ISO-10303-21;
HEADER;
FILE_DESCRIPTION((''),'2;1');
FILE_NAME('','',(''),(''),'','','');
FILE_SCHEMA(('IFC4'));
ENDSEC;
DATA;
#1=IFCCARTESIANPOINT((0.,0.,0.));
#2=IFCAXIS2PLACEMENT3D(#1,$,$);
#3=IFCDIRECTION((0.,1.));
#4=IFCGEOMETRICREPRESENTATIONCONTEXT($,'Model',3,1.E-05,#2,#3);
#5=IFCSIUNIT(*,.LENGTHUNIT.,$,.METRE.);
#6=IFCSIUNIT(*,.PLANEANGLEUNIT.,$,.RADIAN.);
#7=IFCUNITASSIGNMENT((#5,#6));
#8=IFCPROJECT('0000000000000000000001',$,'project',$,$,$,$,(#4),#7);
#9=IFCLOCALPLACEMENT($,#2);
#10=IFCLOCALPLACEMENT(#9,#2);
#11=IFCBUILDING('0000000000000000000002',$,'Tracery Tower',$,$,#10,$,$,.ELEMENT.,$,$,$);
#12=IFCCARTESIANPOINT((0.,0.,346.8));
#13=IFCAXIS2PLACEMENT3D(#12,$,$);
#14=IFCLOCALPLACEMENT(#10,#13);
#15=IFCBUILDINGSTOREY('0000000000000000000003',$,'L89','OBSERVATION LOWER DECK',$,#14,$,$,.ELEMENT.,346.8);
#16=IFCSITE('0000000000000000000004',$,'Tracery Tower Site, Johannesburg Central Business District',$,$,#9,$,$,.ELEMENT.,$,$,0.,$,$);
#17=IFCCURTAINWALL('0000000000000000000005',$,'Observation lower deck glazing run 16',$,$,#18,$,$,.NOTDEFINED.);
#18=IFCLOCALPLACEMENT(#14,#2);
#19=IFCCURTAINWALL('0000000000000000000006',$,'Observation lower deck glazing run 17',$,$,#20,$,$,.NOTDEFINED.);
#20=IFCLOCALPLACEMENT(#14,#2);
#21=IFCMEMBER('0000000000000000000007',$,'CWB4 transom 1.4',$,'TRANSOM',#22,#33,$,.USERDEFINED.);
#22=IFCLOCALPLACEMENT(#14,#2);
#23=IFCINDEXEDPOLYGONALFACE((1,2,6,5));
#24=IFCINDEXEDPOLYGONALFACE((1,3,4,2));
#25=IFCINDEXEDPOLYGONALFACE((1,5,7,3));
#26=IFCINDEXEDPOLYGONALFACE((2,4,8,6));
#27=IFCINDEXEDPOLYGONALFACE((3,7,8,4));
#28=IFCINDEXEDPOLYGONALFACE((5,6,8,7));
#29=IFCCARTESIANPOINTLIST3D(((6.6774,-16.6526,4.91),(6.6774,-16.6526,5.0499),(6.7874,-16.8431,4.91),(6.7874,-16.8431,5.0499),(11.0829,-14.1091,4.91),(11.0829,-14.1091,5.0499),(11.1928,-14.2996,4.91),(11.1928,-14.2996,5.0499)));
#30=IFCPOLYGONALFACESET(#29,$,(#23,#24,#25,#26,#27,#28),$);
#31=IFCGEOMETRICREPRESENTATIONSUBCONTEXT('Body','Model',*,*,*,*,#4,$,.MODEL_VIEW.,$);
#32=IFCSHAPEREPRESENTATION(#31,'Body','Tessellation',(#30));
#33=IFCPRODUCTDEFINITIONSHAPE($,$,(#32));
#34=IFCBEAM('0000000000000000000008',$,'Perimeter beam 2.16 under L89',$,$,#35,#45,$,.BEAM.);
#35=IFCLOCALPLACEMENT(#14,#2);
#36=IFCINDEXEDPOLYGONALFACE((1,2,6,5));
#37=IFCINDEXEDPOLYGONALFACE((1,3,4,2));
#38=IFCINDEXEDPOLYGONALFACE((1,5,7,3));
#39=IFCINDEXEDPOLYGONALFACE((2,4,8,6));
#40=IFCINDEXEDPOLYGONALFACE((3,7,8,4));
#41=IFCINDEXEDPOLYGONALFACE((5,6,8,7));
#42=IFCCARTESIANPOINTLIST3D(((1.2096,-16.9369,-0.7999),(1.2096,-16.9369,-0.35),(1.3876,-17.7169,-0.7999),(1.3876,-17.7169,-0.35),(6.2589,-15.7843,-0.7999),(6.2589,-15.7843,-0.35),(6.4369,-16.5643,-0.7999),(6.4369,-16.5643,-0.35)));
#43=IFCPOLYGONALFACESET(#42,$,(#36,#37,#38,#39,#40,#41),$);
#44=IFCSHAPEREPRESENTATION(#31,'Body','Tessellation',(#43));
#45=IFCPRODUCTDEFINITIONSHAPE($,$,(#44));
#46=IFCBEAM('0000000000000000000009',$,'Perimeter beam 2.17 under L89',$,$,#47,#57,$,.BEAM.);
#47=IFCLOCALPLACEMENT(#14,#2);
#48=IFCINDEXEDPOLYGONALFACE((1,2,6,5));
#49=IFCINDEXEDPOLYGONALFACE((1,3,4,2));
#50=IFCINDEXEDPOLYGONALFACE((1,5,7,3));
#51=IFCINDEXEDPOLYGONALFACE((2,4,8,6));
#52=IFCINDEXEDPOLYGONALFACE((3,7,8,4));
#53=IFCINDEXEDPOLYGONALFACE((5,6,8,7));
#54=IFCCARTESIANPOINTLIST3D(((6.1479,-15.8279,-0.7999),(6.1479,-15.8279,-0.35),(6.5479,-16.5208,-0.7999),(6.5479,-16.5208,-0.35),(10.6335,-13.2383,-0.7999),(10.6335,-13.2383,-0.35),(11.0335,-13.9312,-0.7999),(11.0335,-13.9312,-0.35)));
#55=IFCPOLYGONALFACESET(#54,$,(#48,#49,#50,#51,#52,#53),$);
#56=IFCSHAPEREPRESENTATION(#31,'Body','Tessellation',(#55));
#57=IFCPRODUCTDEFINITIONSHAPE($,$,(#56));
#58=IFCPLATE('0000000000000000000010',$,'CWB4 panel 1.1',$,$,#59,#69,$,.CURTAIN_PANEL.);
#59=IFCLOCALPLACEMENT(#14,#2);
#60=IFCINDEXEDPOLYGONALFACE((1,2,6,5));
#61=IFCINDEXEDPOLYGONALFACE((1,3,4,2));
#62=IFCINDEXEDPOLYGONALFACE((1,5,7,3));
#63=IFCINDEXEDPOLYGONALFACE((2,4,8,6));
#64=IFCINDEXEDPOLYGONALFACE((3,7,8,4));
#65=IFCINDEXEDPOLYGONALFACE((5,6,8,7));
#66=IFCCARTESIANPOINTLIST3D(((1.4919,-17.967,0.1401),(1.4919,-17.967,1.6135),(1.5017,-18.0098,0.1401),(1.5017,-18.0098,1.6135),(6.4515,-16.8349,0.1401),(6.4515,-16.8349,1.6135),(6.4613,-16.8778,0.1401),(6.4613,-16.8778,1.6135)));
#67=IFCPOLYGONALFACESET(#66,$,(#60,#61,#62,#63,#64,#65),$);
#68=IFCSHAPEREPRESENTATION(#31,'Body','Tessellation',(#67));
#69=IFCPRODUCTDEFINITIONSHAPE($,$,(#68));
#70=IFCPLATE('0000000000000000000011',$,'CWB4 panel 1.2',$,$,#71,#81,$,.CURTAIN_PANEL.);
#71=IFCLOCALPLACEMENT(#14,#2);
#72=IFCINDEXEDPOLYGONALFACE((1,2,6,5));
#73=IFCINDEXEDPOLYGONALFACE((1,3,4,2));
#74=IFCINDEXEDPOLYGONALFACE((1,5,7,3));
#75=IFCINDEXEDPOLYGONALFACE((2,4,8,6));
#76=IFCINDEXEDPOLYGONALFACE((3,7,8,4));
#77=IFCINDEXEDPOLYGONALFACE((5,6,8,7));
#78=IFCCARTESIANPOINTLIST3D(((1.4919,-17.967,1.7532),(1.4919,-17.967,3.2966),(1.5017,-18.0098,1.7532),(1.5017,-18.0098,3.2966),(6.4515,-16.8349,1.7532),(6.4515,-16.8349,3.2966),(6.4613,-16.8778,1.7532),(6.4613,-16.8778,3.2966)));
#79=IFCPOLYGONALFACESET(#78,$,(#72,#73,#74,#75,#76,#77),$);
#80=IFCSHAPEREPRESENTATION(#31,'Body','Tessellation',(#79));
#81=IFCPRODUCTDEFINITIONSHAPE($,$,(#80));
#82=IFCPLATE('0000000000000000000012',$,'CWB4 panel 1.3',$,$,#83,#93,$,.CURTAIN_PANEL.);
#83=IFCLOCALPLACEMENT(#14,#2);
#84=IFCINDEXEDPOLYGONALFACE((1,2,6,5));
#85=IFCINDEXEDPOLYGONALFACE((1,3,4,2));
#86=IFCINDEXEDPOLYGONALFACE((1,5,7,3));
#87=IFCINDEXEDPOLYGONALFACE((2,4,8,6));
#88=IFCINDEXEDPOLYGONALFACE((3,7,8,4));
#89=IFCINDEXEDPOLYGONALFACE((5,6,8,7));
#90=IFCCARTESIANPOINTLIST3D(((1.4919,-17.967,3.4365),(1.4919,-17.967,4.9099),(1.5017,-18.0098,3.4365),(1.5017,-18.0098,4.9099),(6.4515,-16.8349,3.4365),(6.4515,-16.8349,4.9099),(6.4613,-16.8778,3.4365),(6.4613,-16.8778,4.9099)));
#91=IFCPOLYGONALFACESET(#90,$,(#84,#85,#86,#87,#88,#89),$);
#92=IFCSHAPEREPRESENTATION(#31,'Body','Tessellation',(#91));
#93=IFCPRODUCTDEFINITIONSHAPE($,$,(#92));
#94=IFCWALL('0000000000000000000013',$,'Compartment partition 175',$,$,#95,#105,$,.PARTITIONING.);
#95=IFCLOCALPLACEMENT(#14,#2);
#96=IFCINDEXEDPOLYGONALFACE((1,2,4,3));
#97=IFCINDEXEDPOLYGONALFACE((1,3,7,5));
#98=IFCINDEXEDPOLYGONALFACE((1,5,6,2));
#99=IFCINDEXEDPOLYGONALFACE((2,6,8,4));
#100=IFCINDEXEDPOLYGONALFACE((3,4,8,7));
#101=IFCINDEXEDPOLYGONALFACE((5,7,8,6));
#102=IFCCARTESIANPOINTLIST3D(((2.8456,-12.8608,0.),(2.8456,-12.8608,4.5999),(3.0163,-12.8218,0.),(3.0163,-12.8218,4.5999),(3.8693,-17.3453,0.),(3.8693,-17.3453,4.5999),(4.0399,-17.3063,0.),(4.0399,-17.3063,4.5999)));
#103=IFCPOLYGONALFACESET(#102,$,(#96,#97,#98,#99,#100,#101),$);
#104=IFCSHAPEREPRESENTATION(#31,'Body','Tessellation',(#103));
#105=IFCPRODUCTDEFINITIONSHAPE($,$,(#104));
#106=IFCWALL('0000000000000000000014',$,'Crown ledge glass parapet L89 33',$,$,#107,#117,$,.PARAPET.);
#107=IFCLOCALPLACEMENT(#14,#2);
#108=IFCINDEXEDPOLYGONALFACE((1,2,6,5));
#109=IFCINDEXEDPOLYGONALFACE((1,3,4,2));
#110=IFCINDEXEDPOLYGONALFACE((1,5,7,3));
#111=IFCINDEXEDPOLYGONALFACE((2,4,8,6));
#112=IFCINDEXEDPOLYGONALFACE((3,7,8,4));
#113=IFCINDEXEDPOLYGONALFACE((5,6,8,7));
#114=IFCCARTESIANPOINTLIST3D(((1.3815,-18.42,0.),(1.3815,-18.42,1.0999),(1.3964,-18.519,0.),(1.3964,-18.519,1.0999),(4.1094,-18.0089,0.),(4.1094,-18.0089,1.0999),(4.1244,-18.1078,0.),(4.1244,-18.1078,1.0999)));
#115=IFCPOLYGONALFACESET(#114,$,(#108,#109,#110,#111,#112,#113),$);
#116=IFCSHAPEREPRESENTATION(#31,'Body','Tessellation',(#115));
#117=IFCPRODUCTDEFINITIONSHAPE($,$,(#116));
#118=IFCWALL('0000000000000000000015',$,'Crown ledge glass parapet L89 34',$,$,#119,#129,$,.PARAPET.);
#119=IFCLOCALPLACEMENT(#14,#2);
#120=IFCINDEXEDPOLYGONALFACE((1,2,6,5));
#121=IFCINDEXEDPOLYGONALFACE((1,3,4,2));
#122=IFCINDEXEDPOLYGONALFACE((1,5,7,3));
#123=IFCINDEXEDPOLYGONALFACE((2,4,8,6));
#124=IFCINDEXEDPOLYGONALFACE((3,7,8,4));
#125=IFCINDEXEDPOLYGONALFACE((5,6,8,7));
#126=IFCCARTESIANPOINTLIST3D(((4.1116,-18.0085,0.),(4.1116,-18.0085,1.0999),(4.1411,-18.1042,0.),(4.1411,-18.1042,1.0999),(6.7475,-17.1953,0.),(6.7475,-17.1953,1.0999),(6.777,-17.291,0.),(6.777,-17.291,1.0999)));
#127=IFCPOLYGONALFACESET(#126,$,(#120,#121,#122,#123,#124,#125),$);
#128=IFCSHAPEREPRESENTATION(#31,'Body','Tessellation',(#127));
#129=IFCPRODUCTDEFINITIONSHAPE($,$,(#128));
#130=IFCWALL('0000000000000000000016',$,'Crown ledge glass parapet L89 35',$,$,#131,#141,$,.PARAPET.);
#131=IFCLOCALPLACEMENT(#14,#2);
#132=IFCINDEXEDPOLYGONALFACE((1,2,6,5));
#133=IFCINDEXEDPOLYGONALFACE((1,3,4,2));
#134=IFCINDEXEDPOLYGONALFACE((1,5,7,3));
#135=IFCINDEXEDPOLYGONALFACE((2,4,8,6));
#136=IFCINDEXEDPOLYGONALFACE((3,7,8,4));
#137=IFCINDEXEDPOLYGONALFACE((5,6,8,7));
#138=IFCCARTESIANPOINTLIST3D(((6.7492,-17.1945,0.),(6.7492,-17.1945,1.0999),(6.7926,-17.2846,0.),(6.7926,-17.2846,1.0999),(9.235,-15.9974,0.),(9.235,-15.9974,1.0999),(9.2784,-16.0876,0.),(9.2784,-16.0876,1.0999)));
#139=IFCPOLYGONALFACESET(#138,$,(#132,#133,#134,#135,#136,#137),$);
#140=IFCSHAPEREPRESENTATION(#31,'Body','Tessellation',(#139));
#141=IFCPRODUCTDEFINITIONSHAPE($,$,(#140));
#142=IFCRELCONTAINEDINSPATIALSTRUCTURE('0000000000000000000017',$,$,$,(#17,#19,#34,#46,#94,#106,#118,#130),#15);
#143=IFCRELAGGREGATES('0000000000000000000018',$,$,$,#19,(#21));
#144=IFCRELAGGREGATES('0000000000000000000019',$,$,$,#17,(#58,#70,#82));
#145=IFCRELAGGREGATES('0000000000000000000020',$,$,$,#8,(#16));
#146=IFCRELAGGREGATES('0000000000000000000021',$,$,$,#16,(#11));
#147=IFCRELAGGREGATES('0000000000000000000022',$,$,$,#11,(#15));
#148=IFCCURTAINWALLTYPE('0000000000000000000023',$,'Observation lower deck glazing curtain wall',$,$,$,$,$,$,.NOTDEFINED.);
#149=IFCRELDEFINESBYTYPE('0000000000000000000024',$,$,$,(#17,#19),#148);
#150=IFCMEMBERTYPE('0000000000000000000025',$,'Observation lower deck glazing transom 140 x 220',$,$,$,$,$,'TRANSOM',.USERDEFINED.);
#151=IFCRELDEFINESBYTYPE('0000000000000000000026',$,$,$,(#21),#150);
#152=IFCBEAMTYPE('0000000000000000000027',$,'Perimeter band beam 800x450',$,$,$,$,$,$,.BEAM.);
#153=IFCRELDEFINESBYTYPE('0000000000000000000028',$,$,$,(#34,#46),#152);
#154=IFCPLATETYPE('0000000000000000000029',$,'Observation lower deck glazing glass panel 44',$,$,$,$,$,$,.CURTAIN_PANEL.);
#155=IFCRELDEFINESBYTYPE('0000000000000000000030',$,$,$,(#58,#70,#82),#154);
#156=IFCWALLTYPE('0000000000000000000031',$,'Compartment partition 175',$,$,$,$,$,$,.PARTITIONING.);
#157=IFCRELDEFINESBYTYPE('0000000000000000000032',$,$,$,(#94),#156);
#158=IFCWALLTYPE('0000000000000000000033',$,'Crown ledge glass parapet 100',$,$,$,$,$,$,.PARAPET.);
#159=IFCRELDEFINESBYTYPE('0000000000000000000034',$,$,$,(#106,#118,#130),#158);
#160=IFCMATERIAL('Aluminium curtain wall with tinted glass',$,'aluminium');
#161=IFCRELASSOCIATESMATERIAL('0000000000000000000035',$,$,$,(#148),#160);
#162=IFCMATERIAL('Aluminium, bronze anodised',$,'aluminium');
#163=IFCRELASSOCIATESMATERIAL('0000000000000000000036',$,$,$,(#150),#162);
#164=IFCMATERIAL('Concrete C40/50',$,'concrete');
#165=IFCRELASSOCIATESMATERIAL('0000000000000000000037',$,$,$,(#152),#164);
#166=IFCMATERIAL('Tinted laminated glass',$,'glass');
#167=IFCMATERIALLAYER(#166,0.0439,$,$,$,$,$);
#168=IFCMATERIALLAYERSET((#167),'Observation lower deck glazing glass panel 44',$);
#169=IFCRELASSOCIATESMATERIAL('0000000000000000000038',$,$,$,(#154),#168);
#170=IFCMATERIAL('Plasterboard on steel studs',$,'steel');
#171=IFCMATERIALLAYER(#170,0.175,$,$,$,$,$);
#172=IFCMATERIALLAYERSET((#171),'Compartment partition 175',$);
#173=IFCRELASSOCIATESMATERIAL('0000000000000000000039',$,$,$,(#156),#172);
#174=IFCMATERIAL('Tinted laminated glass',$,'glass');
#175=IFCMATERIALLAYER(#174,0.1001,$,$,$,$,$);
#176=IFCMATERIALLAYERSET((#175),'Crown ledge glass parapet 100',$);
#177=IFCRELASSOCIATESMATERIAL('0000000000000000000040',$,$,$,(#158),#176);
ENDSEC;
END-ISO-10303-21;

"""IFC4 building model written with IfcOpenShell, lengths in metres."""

from ifc_helpers import new_model, si_unit, direction, frame, frame_2d, origin, origin_2d, place, context, subcontext, project, spatial, rectangle, extrude, material, layer, layer_set, material_profile, profile_set, type_object, element, aggregate, save


model = new_model("IFC4")

# Units and contexts
model_context = context("Model", 3, precision=1e-05, world=origin(), true_north=direction((0.0, 1.0)))
body_context = subcontext(model_context, "Body", "Model", "MODEL_VIEW")
ifc_project = project(units=[si_unit("LENGTHUNIT", "METRE"), si_unit("PLANEANGLEUNIT", "RADIAN")], contexts=[model_context])

# Site, building, storey
site_placement = place(None, origin())
site = spatial("IfcSite", under=ifc_project, at=site_placement, Name="Tracery Tower Site, Johannesburg Central Business District", CompositionType="ELEMENT", RefElevation=0.0)
building_placement = place(site_placement, origin())
building = spatial("IfcBuilding", under=site, at=building_placement, Name="Tracery Tower", CompositionType="ELEMENT")
storey_placement = place(building_placement, frame((0.0, 0.0, 346.8)))
storey = spatial("IfcBuildingStorey", under=building, at=storey_placement, Name="L89", Description="OBSERVATION LOWER DECK", CompositionType="ELEMENT", Elevation=346.8)

# Shared definitions
ifc_material_1 = material(Name="Aluminium curtain wall with tinted glass", Category="aluminium")
curtain_wall_type = type_object("IfcCurtainWallType", Name="Observation lower deck glazing curtain wall", PredefinedType="NOTDEFINED", material=ifc_material_1)

# Curtain wall
curtain_wall_1_placement = place(storey_placement, origin())
curtain_wall_1 = element("IfcCurtainWall", 1, at=curtain_wall_1_placement, inside=storey, type_object=curtain_wall_type, Name="Observation lower deck glazing run 16", PredefinedType="NOTDEFINED")

# Curtain wall
curtain_wall_2_placement = place(storey_placement, origin())
curtain_wall_2 = element("IfcCurtainWall", 2, at=curtain_wall_2_placement, inside=storey, type_object=curtain_wall_type, Name="Observation lower deck glazing run 17", PredefinedType="NOTDEFINED")

# Member
ifc_material_2 = material(Name="Aluminium, bronze anodised", Category="aluminium")
ifc_material_profile_1 = material_profile(ifc_material_2, rectangle(XDim=0.22, YDim=0.1399, at=origin_2d()), Name="Observation lower deck glazing transom 140 x 220")
ifc_profile_set_1 = profile_set([ifc_material_profile_1], Name="Aluminium, bronze anodised")
member_type_1 = type_object("IfcMemberType", Name="Observation lower deck glazing transom 140 x 220", ElementType="TRANSOM", PredefinedType="USERDEFINED", material=ifc_profile_set_1)
member_1_placement = place(storey_placement, frame((6.7324, -16.7478, 4.98), z_axis=(0.866031, 0.49999, 0.0), x_axis=(-0.49999, 0.866031, 0.0)))
member_1 = element("IfcMember", 3, at=member_1_placement, type_object=member_type_1, Name="CWB4 transom 1.4", ObjectType="TRANSOM", PredefinedType="USERDEFINED", context=body_context, shape_type="SweptSolid", body=[
    extrude(rectangle(XDim=0.22, YDim=0.1399, at=origin_2d()), origin(), (0.0, 0.0, 1.0), 5.0869),
])
aggregate(curtain_wall_2, [member_1])

# Beams
ifc_material_3 = material(Name="Concrete C40/50", Category="concrete")
ifc_material_profile_2 = material_profile(ifc_material_3, rectangle(XDim=0.8, YDim=0.45, at=origin_2d()), Name="RC 800x450")
ifc_profile_set_2 = profile_set([ifc_material_profile_2], Name="Concrete C40/50")
beam_type = type_object("IfcBeamType", Name="Perimeter band beam 800x450", PredefinedType="BEAM", material=ifc_profile_set_2)
beam_1_placement = place(storey_placement, frame((1.2986, -17.3269, -0.575), z_axis=(0.974923, 0.222542, 0.0), x_axis=(-0.222542, 0.974923, 0.0)))
element("IfcBeam", 4, at=beam_1_placement, inside=storey, type_object=beam_type, Name="Perimeter beam 2.16 under L89", PredefinedType="BEAM", context=body_context, shape_type="SweptSolid", body=[
    extrude(rectangle(XDim=0.8, YDim=0.45, at=origin_2d()), origin(), (0.0, 0.0, 1.0), 5.1792),
])
beam_2_placement = place(storey_placement, frame((6.3479, -16.1743, -0.575), z_axis=(0.866039, 0.499977, 0.0), x_axis=(-0.499977, 0.866039, 0.0)))
element("IfcBeam", 5, at=beam_2_placement, inside=storey, type_object=beam_type, Name="Perimeter beam 2.17 under L89", PredefinedType="BEAM", context=body_context, shape_type="SweptSolid", body=[
    extrude(rectangle(XDim=0.8, YDim=0.45, at=origin_2d()), origin(), (0.0, 0.0, 1.0), 5.1794),
])

# Plates
ifc_material_4 = material(Name="Tinted laminated glass", Category="glass")
ifc_layer_1 = layer(ifc_material_4, 0.0439)
ifc_layer_set_1 = layer_set([ifc_layer_1], Name="Observation lower deck glazing glass panel 44")
plate_type = type_object("IfcPlateType", Name="Observation lower deck glazing glass panel 44", PredefinedType="CURTAIN_PANEL", material=ifc_layer_set_1)
plate_1_placement = place(storey_placement, frame((3.9766, -17.4224, 0.1401), z_axis=(0.0, 0.0, 1.0), x_axis=(0.974925, 0.222533, 0.0)))
plate_1 = element("IfcPlate", 6, at=plate_1_placement, type_object=plate_type, Name="CWB4 panel 1.1", PredefinedType="CURTAIN_PANEL", context=body_context, shape_type="SweptSolid", body=[
    extrude(rectangle(XDim=5.0872, YDim=0.0439, at=origin_2d()), origin(), (0.0, 0.0, 1.0), 1.4734),
])
plate_2_placement = place(storey_placement, frame((3.9766, -17.4224, 1.7532), z_axis=(0.0, 0.0, 1.0), x_axis=(0.974925, 0.222533, 0.0)))
plate_2 = element("IfcPlate", 7, at=plate_2_placement, type_object=plate_type, Name="CWB4 panel 1.2", PredefinedType="CURTAIN_PANEL", context=body_context, shape_type="SweptSolid", body=[
    extrude(rectangle(XDim=5.0872, YDim=0.0439, at=origin_2d()), origin(), (0.0, 0.0, 1.0), 1.5435),
])
plate_3_placement = place(storey_placement, frame((3.9766, -17.4224, 3.4365), z_axis=(0.0, 0.0, 1.0), x_axis=(0.974925, 0.222533, 0.0)))
plate_3 = element("IfcPlate", 8, at=plate_3_placement, type_object=plate_type, Name="CWB4 panel 1.3", PredefinedType="CURTAIN_PANEL", context=body_context, shape_type="SweptSolid", body=[
    extrude(rectangle(XDim=5.0872, YDim=0.0439, at=origin_2d()), origin(), (0.0, 0.0, 1.0), 1.4734),
])
aggregate(curtain_wall_1, [plate_1, plate_2, plate_3])

# Walls
ifc_material_5 = material(Name="Plasterboard on steel studs", Category="steel")
ifc_layer_2 = layer(ifc_material_5, 0.175)
ifc_layer_set_2 = layer_set([ifc_layer_2], Name="Compartment partition 175")
wall_type_1 = type_object("IfcWallType", Name="Compartment partition 175", PredefinedType="PARTITIONING", material=ifc_layer_set_2)
wall_1_placement = place(storey_placement, frame((3.9546, -17.3257, 0.0), z_axis=(0.0, 0.0, 1.0), x_axis=(-0.222541, 0.974923, 0.0)))
element("IfcWall", 9, at=wall_1_placement, inside=storey, type_object=wall_type_1, Name="Compartment partition 175", PredefinedType="PARTITIONING", context=body_context, shape_type="SweptSolid", body=[
    extrude(rectangle(XDim=4.5999, YDim=0.175, at=frame_2d((2.2998, 0.0))), origin(), (0.0, 0.0, 1.0), 4.5999),
])
ifc_material_6 = material(Name="Tinted laminated glass", Category="glass")
ifc_layer_3 = layer(ifc_material_6, 0.1001)
ifc_layer_set_3 = layer_set([ifc_layer_3], Name="Crown ledge glass parapet 100")
wall_type_2 = type_object("IfcWallType", Name="Crown ledge glass parapet 100", PredefinedType="PARAPET", material=ifc_layer_set_3)
wall_2_placement = place(storey_placement, frame((1.3889, -18.4695, 0.0), z_axis=(0.0, 0.0, 1.0), x_axis=(0.988834, 0.149024, 0.0)))
element("IfcWall", 10, at=wall_2_placement, inside=storey, type_object=wall_type_2, Name="Crown ledge glass parapet L89 33", PredefinedType="PARAPET", context=body_context, shape_type="SweptSolid", body=[
    extrude(rectangle(XDim=2.7588, YDim=0.1001, at=frame_2d((1.3794, 0.0))), origin(), (0.0, 0.0, 1.0), 1.0999),
])
wall_3_placement = place(storey_placement, frame((4.1262, -18.0564, 0.0), z_axis=(0.0, 0.0, 1.0), x_axis=(0.955559, 0.294801, 0.0)))
element("IfcWall", 11, at=wall_3_placement, inside=storey, type_object=wall_type_2, Name="Crown ledge glass parapet L89 34", PredefinedType="PARAPET", context=body_context, shape_type="SweptSolid", body=[
    extrude(rectangle(XDim=2.7585, YDim=0.1001, at=frame_2d((1.3794, 0.0))), origin(), (0.0, 0.0, 1.0), 1.0999),
])
wall_4_placement = place(storey_placement, frame((6.771, -17.2395, 0.0), z_axis=(0.0, 0.0, 1.0), x_axis=(0.900982, 0.433856, 0.0)))
element("IfcWall", 12, at=wall_4_placement, inside=storey, type_object=wall_type_2, Name="Crown ledge glass parapet L89 35", PredefinedType="PARAPET", context=body_context, shape_type="SweptSolid", body=[
    extrude(rectangle(XDim=2.759, YDim=0.1001, at=frame_2d((1.3794, 0.0))), origin(), (0.0, 0.0, 1.0), 1.0999),
])

save(model, "model.ifc")
